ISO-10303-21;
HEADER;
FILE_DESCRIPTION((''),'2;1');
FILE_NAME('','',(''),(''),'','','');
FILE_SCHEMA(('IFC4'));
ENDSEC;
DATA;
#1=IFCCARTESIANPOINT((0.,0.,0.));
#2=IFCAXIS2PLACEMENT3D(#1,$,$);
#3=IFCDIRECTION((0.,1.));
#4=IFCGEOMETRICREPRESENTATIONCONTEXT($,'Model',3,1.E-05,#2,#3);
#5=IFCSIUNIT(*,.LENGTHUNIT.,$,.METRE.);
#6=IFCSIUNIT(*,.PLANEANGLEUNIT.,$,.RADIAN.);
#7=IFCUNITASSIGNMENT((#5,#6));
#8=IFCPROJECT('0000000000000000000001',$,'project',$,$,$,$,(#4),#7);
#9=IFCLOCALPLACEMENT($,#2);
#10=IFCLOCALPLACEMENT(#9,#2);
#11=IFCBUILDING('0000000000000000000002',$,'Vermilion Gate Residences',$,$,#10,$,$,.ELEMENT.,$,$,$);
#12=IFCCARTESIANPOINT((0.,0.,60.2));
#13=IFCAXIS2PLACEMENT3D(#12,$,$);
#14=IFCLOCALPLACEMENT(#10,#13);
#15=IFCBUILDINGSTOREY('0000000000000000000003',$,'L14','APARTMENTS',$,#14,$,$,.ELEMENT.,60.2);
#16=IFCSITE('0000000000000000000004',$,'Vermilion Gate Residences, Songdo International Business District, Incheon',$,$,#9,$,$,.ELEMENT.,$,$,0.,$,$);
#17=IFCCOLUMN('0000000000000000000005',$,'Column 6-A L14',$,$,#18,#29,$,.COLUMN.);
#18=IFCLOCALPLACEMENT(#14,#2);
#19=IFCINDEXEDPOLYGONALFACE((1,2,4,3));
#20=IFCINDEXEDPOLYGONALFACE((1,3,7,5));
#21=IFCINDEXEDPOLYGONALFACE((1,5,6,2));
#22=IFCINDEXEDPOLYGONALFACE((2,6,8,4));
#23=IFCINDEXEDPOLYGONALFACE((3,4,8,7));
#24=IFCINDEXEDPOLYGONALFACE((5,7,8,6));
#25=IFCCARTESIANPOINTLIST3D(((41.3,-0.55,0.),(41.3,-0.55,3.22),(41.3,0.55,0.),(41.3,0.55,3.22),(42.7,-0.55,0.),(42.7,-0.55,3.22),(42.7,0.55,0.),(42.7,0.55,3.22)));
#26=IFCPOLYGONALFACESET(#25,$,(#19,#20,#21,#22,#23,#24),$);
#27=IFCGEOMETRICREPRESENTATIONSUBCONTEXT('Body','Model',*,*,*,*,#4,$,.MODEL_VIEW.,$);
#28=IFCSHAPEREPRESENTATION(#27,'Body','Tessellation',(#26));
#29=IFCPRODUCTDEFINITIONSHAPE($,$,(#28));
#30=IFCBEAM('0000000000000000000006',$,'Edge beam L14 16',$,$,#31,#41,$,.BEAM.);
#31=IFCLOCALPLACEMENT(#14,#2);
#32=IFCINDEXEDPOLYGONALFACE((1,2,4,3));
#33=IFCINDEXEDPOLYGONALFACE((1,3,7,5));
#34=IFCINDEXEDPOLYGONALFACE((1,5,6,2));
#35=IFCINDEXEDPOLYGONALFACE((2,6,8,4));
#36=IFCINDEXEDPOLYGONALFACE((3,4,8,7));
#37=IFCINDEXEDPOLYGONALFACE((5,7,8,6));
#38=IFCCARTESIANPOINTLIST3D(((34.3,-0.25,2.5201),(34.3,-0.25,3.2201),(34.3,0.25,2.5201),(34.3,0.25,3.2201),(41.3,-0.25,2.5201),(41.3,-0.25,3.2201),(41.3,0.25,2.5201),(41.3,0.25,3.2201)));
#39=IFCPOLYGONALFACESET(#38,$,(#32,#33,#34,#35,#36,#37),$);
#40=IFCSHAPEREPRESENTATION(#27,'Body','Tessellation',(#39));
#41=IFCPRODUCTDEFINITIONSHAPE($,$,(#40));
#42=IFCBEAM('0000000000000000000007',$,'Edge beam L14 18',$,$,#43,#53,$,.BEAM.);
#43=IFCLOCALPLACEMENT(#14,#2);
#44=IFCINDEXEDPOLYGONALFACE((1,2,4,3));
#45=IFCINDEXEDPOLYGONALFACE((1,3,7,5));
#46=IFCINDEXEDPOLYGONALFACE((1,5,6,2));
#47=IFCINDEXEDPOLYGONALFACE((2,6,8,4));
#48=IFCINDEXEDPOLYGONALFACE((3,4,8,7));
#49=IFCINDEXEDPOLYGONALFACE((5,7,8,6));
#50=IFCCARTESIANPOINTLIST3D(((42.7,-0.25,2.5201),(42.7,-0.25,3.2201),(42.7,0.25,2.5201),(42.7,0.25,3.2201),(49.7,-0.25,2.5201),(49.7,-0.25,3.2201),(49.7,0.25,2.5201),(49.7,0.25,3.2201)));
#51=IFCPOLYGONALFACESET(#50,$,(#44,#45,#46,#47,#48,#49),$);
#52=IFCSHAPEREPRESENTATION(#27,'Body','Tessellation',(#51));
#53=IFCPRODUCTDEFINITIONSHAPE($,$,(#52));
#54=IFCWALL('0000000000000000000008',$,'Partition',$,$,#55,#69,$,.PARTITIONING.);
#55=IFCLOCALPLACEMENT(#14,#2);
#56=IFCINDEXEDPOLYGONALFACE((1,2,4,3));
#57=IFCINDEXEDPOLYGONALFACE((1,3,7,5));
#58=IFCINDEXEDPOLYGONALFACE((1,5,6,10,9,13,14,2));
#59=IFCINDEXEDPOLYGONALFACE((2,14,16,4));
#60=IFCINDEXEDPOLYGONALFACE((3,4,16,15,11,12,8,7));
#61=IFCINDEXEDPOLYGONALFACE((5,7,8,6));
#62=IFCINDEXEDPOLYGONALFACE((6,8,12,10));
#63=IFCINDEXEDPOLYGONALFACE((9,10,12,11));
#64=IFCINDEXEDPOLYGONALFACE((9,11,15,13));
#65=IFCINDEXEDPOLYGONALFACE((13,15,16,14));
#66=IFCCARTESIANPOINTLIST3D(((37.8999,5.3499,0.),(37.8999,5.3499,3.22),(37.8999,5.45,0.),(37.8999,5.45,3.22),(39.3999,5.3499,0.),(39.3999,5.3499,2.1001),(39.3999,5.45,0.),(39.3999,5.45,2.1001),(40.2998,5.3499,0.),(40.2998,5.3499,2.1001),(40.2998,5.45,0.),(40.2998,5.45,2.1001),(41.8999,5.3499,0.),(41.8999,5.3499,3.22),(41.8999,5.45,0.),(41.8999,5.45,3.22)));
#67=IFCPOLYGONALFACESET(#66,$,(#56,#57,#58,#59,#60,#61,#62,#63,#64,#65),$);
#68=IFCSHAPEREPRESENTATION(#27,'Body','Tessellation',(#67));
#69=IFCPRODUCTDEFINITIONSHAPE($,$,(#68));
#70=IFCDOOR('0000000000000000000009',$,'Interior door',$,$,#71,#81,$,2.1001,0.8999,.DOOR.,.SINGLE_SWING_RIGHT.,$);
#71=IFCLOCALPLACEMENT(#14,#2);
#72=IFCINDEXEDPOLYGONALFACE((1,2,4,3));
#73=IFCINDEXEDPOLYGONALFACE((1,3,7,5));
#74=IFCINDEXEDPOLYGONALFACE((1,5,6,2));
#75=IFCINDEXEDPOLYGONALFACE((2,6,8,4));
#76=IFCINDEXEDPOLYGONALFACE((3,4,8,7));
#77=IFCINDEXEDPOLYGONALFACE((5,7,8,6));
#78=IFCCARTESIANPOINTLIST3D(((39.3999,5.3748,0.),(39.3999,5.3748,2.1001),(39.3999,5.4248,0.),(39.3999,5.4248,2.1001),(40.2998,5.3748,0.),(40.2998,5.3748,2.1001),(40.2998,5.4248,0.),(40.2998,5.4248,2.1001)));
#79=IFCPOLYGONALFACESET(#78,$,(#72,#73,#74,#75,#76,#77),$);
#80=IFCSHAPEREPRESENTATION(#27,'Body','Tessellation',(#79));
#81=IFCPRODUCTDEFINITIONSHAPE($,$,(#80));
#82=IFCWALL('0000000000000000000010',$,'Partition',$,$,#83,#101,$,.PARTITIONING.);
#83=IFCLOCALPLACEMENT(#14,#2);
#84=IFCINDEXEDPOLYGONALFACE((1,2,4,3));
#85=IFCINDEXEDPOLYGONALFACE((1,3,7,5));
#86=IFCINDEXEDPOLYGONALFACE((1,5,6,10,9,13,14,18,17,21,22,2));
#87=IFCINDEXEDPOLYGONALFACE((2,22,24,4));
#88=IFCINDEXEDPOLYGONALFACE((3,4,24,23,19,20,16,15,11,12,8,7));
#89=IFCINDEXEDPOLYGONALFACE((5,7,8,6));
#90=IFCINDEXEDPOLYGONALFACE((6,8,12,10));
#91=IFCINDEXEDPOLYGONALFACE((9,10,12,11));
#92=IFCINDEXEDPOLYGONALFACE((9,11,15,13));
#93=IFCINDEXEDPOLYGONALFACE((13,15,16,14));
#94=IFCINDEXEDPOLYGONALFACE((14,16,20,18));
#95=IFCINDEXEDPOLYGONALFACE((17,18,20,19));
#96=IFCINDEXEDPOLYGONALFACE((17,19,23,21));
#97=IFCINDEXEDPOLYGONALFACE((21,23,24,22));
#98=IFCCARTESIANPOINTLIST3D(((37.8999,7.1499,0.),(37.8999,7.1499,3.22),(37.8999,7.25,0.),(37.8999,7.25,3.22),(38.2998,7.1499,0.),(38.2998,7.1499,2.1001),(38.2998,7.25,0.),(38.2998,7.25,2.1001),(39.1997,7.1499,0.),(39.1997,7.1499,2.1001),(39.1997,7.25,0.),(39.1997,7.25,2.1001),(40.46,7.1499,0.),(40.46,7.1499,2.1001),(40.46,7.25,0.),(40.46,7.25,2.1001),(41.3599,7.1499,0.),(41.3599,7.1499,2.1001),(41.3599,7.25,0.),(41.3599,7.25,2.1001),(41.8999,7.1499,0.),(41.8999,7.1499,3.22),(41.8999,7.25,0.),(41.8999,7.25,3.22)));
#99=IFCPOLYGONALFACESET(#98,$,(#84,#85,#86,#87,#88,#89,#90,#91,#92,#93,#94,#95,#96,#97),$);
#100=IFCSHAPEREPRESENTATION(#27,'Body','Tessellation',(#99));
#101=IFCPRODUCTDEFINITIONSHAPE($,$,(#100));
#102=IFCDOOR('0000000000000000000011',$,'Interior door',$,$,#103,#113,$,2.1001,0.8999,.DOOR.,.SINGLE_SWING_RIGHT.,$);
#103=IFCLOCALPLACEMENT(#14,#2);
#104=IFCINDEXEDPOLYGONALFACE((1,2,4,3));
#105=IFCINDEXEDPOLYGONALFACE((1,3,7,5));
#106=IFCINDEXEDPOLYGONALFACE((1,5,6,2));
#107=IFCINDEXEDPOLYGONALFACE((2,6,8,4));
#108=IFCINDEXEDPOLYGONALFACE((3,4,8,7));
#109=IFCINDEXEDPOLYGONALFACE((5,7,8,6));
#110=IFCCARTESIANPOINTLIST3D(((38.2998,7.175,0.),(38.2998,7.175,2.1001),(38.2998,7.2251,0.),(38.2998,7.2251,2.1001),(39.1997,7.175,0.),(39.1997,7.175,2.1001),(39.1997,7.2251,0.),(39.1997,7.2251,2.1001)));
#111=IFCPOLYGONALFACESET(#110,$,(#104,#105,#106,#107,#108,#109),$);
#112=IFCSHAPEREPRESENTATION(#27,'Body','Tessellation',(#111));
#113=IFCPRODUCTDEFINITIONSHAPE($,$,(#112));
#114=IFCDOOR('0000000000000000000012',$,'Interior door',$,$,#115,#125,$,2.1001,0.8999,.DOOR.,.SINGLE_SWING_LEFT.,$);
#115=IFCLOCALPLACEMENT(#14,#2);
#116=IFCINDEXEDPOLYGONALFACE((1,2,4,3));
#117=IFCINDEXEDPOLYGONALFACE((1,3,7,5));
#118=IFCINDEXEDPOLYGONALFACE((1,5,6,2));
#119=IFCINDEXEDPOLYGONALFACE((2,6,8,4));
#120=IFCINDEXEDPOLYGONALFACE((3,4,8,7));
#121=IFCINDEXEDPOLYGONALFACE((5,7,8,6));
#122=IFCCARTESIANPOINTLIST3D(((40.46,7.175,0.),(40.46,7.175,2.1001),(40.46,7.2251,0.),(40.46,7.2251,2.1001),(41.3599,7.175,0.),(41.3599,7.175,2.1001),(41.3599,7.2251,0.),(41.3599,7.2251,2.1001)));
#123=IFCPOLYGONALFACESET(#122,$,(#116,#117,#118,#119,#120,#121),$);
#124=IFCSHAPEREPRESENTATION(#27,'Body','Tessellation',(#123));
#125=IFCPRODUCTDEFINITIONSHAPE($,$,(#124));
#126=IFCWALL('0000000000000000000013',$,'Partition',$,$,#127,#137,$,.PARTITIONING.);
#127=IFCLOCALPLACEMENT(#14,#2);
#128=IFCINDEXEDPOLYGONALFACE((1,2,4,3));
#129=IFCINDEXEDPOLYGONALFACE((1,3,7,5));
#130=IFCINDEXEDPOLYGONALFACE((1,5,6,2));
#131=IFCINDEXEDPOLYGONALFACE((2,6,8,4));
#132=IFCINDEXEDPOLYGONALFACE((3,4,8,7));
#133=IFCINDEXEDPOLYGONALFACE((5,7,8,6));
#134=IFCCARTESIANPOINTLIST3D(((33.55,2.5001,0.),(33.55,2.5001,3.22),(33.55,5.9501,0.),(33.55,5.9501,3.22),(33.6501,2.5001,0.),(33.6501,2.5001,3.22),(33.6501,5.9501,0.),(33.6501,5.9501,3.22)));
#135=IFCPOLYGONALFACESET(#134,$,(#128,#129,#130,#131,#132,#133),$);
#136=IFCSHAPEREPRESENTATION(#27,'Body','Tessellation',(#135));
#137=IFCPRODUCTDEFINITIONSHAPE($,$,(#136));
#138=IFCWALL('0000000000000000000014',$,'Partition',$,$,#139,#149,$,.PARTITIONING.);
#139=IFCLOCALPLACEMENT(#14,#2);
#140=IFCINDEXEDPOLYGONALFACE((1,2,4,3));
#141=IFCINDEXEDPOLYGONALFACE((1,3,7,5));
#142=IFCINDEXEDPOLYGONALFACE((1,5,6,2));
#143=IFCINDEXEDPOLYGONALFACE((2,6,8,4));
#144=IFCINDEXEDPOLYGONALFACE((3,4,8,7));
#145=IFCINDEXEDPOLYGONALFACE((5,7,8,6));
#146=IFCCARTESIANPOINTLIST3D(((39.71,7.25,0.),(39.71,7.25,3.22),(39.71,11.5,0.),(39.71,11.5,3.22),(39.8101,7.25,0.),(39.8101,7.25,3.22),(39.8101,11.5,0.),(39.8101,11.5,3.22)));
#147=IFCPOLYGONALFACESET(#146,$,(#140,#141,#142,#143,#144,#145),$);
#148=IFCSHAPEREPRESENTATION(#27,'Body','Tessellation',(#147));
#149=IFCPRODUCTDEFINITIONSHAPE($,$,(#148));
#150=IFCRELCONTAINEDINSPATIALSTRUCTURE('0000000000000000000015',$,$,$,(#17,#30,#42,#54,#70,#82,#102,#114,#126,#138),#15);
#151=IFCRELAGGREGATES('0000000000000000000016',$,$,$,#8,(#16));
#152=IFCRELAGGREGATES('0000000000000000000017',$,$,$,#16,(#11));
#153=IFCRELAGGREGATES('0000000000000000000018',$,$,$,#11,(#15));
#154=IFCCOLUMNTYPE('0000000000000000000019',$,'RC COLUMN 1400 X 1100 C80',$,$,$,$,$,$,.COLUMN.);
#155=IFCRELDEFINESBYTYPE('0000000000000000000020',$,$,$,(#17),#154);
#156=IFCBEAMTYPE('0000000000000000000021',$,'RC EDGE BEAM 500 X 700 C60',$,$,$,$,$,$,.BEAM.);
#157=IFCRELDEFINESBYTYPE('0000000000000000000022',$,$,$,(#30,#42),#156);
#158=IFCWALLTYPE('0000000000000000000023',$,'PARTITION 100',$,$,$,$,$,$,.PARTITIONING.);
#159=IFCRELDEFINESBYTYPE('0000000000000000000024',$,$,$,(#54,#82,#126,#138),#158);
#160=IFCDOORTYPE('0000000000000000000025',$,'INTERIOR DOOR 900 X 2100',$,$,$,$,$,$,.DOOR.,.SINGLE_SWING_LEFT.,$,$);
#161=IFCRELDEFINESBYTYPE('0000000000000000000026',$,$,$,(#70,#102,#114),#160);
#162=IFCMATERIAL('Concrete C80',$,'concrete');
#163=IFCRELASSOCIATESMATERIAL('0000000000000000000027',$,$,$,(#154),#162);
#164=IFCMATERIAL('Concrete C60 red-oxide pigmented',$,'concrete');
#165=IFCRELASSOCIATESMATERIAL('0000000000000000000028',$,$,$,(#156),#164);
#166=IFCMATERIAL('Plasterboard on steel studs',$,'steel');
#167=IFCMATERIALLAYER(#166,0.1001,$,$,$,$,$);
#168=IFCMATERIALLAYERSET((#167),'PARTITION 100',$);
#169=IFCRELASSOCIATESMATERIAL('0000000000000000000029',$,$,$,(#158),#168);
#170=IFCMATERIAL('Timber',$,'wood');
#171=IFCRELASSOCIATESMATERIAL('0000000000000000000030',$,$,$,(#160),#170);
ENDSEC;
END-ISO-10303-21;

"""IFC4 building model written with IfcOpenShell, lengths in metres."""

from ifc_helpers import new_model, si_unit, direction, frame, frame_2d, origin, origin_2d, place, context, subcontext, project, spatial, rectangle, extrude, material, layer, layer_set, material_profile, profile_set, type_object, element, fill, save


model = new_model("IFC4")

# Units and contexts
model_context = context("Model", 3, precision=1e-05, world=origin(), true_north=direction((0.0, 1.0)))
body_context = subcontext(model_context, "Body", "Model", "MODEL_VIEW")
ifc_project = project(units=[si_unit("LENGTHUNIT", "METRE"), si_unit("PLANEANGLEUNIT", "RADIAN")], contexts=[model_context])

# Site, building, storey
site_placement = place(None, origin())
site = spatial("IfcSite", under=ifc_project, at=site_placement, Name="Vermilion Gate Residences, Songdo International Business District, Incheon", CompositionType="ELEMENT", RefElevation=0.0)
building_placement = place(site_placement, origin())
building = spatial("IfcBuilding", under=site, at=building_placement, Name="Vermilion Gate Residences", CompositionType="ELEMENT")
storey_placement = place(building_placement, frame((0.0, 0.0, 60.2)))
storey = spatial("IfcBuildingStorey", under=building, at=storey_placement, Name="L14", Description="APARTMENTS", CompositionType="ELEMENT", Elevation=60.2)

# Column
ifc_material_1 = material(Name="Concrete C80", Category="concrete")
ifc_material_profile_1 = material_profile(ifc_material_1, rectangle(XDim=1.3999, YDim=1.1001, at=origin_2d()), Name="RC-1400x1100")
ifc_profile_set_1 = profile_set([ifc_material_profile_1], Name="Concrete C80")
column_type = type_object("IfcColumnType", Name="RC COLUMN 1400 X 1100 C80", PredefinedType="COLUMN", material=ifc_profile_set_1)
column_placement = place(storey_placement, frame((42.0, 0.0, 0.0), z_axis=(0.0, 0.0, 1.0), x_axis=(1.0, 0.0, 0.0)))
element("IfcColumn", 1, at=column_placement, inside=storey, type_object=column_type, Name="Column 6-A L14", PredefinedType="COLUMN", context=body_context, shape_type="SweptSolid", body=[
    extrude(rectangle(XDim=1.3999, YDim=1.1001, at=origin_2d()), origin(), (0.0, 0.0, 1.0), 3.22),
])

# Beams
ifc_material_2 = material(Name="Concrete C60 red-oxide pigmented", Category="concrete")
ifc_material_profile_2 = material_profile(ifc_material_2, rectangle(XDim=0.5, YDim=0.7, at=origin_2d()), Name="RC-500x700")
ifc_profile_set_2 = profile_set([ifc_material_profile_2], Name="Concrete C60 red-oxide pigmented")
beam_type = type_object("IfcBeamType", Name="RC EDGE BEAM 500 X 700 C60", PredefinedType="BEAM", material=ifc_profile_set_2)
for number, where, z_axis, x_axis, name in (
    (2, (34.3, 0.0, 2.8701), (1.0, 0.0, 0.0), (0.0, 1.0, 0.0), "Edge beam L14 16"),
    (3, (42.7, 0.0, 2.8701), (1.0, 0.0, 0.0), (0.0, 1.0, 0.0), "Edge beam L14 18"),
):
    element("IfcBeam", number, at=place(storey_placement, frame(where, z_axis=z_axis, x_axis=x_axis)), inside=storey, type_object=beam_type, Name=name, PredefinedType="BEAM", context=body_context, shape_type="SweptSolid", body=[
        extrude(rectangle(XDim=0.5, YDim=0.7, at=origin_2d()), origin(), (0.0, 0.0, 1.0), 7.0),
    ])

# Wall, opening, door
ifc_material_3 = material(Name="Plasterboard on steel studs", Category="steel")
ifc_layer_1 = layer(ifc_material_3, 0.1001)
ifc_layer_set_1 = layer_set([ifc_layer_1], Name="PARTITION 100")
wall_type_1 = type_object("IfcWallType", Name="PARTITION 100", PredefinedType="PARTITIONING", material=ifc_layer_set_1)
wall_1_placement = place(storey_placement, frame((37.8999, 5.3999, 0.0), z_axis=(0.0, 0.0, 1.0), x_axis=(1.0, 0.0, 0.0)))
wall_1 = element("IfcWall", 4, at=wall_1_placement, inside=storey, type_object=wall_type_1, Name="Partition", PredefinedType="PARTITIONING", context=body_context, shape_type="SweptSolid", body=[
    extrude(rectangle(XDim=4.0, YDim=0.1001, at=frame_2d((2.0, 0.0))), origin(), (0.0, 0.0, 1.0), 3.22),
])
opening_1_placement = place(wall_1_placement, frame((1.5, 0.0, 0.0)))
opening_1 = element("IfcOpeningElement", 5, at=opening_1_placement, cuts=wall_1, PredefinedType="OPENING", context=body_context, shape_type="SweptSolid", body=[
    extrude(rectangle(XDim=0.8999, YDim=2.1001, at=frame_2d((0.45, 1.05))), frame((0.0, 0.0601, 0.0), z_axis=(0.0, -1.0, 0.0), x_axis=(1.0, 0.0, 0.0)), (0.0, 0.0, 1.0), 0.1201),
])
ifc_material_4 = material(Name="Timber", Category="wood")
door_type_1 = type_object("IfcDoorType", Name="INTERIOR DOOR 900 X 2100", OperationType="SINGLE_SWING_LEFT", PredefinedType="DOOR", material=ifc_material_4)
door_1_placement = place(opening_1_placement, origin())
door_1 = element("IfcDoor", 6, at=door_1_placement, inside=storey, type_object=door_type_1, Name="Interior door", OperationType="SINGLE_SWING_RIGHT", OverallHeight=2.1001, OverallWidth=0.8999, PredefinedType="DOOR", context=body_context, shape_type="SweptSolid", body=[
    extrude(rectangle(XDim=0.8999, YDim=2.1001, at=frame_2d((0.45, 1.05))), frame((0.0, 0.0249, 0.0), z_axis=(0.0, -1.0, 0.0), x_axis=(1.0, 0.0, 0.0)), (0.0, 0.0, 1.0), 0.05),
])
fill(opening_1, door_1)

# Wall, openings, doors
wall_2_placement = place(storey_placement, frame((37.8999, 7.2, 0.0), z_axis=(0.0, 0.0, 1.0), x_axis=(1.0, 0.0, 0.0)))
wall_2 = element("IfcWall", 7, at=wall_2_placement, inside=storey, type_object=wall_type_1, Name="Partition", PredefinedType="PARTITIONING", context=body_context, shape_type="SweptSolid", body=[
    extrude(rectangle(XDim=4.0, YDim=0.1001, at=frame_2d((2.0, 0.0))), origin(), (0.0, 0.0, 1.0), 3.22),
])
opening_2_placement = place(wall_2_placement, frame((0.3999, 0.0, 0.0)))
opening_2 = element("IfcOpeningElement", 8, at=opening_2_placement, cuts=wall_2, PredefinedType="OPENING", context=body_context, shape_type="SweptSolid", body=[
    extrude(rectangle(XDim=0.8999, YDim=2.1001, at=frame_2d((0.45, 1.05))), frame((0.0, 0.0601, 0.0), z_axis=(0.0, -1.0, 0.0), x_axis=(1.0, 0.0, 0.0)), (0.0, 0.0, 1.0), 0.1201),
])
opening_3_placement = place(wall_2_placement, frame((2.5601, 0.0, 0.0)))
opening_3 = element("IfcOpeningElement", 9, at=opening_3_placement, cuts=wall_2, PredefinedType="OPENING", context=body_context, shape_type="SweptSolid", body=[
    extrude(rectangle(XDim=0.8999, YDim=2.1001, at=frame_2d((0.45, 1.05))), frame((0.0, 0.0601, 0.0), z_axis=(0.0, -1.0, 0.0), x_axis=(1.0, 0.0, 0.0)), (0.0, 0.0, 1.0), 0.1201),
])
door_2_placement = place(opening_2_placement, frame((0.8999, 0.0, 0.0), z_axis=(0.0, 0.0, 1.0), x_axis=(-1.0, 0.0, 0.0)))
door_2 = element("IfcDoor", 10, at=door_2_placement, inside=storey, type_object=door_type_1, Name="Interior door", OperationType="SINGLE_SWING_RIGHT", OverallHeight=2.1001, OverallWidth=0.8999, PredefinedType="DOOR", context=body_context, shape_type="SweptSolid", body=[
    extrude(rectangle(XDim=0.8999, YDim=2.1001, at=frame_2d((0.45, 1.05))), frame((0.0, 0.0249, 0.0), z_axis=(0.0, -1.0, 0.0), x_axis=(1.0, 0.0, 0.0)), (0.0, 0.0, 1.0), 0.05),
])
fill(opening_2, door_2)
door_3_placement = place(opening_3_placement, frame((0.8999, 0.0, 0.0), z_axis=(0.0, 0.0, 1.0), x_axis=(-1.0, 0.0, 0.0)))
door_3 = element("IfcDoor", 11, at=door_3_placement, inside=storey, type_object=door_type_1, Name="Interior door", OperationType="SINGLE_SWING_LEFT", OverallHeight=2.1001, OverallWidth=0.8999, PredefinedType="DOOR", context=body_context, shape_type="SweptSolid", body=[
    extrude(rectangle(XDim=0.8999, YDim=2.1001, at=frame_2d((0.45, 1.05))), frame((0.0, 0.0249, 0.0), z_axis=(0.0, -1.0, 0.0), x_axis=(1.0, 0.0, 0.0)), (0.0, 0.0, 1.0), 0.05),
])
fill(opening_3, door_3)

# Walls
wall_3_placement = place(storey_placement, frame((33.6001, 2.5, 0.0), z_axis=(0.0, 0.0, 1.0), x_axis=(0.0, 1.0, 0.0)))
element("IfcWall", 12, at=wall_3_placement, inside=storey, type_object=wall_type_1, Name="Partition", PredefinedType="PARTITIONING", context=body_context, shape_type="SweptSolid", body=[
    extrude(rectangle(XDim=3.45, YDim=0.1001, at=frame_2d((1.7251, 0.0))), origin(), (0.0, 0.0, 1.0), 3.22),
])
wall_4_placement = place(storey_placement, frame((39.76, 7.25, 0.0), z_axis=(0.0, 0.0, 1.0), x_axis=(0.0, 1.0, 0.0)))
element("IfcWall", 13, at=wall_4_placement, inside=storey, type_object=wall_type_1, Name="Partition", PredefinedType="PARTITIONING", context=body_context, shape_type="SweptSolid", body=[
    extrude(rectangle(XDim=4.25, YDim=0.1001, at=frame_2d((2.125, 0.0))), origin(), (0.0, 0.0, 1.0), 3.22),
])

save(model, "model.ifc")
